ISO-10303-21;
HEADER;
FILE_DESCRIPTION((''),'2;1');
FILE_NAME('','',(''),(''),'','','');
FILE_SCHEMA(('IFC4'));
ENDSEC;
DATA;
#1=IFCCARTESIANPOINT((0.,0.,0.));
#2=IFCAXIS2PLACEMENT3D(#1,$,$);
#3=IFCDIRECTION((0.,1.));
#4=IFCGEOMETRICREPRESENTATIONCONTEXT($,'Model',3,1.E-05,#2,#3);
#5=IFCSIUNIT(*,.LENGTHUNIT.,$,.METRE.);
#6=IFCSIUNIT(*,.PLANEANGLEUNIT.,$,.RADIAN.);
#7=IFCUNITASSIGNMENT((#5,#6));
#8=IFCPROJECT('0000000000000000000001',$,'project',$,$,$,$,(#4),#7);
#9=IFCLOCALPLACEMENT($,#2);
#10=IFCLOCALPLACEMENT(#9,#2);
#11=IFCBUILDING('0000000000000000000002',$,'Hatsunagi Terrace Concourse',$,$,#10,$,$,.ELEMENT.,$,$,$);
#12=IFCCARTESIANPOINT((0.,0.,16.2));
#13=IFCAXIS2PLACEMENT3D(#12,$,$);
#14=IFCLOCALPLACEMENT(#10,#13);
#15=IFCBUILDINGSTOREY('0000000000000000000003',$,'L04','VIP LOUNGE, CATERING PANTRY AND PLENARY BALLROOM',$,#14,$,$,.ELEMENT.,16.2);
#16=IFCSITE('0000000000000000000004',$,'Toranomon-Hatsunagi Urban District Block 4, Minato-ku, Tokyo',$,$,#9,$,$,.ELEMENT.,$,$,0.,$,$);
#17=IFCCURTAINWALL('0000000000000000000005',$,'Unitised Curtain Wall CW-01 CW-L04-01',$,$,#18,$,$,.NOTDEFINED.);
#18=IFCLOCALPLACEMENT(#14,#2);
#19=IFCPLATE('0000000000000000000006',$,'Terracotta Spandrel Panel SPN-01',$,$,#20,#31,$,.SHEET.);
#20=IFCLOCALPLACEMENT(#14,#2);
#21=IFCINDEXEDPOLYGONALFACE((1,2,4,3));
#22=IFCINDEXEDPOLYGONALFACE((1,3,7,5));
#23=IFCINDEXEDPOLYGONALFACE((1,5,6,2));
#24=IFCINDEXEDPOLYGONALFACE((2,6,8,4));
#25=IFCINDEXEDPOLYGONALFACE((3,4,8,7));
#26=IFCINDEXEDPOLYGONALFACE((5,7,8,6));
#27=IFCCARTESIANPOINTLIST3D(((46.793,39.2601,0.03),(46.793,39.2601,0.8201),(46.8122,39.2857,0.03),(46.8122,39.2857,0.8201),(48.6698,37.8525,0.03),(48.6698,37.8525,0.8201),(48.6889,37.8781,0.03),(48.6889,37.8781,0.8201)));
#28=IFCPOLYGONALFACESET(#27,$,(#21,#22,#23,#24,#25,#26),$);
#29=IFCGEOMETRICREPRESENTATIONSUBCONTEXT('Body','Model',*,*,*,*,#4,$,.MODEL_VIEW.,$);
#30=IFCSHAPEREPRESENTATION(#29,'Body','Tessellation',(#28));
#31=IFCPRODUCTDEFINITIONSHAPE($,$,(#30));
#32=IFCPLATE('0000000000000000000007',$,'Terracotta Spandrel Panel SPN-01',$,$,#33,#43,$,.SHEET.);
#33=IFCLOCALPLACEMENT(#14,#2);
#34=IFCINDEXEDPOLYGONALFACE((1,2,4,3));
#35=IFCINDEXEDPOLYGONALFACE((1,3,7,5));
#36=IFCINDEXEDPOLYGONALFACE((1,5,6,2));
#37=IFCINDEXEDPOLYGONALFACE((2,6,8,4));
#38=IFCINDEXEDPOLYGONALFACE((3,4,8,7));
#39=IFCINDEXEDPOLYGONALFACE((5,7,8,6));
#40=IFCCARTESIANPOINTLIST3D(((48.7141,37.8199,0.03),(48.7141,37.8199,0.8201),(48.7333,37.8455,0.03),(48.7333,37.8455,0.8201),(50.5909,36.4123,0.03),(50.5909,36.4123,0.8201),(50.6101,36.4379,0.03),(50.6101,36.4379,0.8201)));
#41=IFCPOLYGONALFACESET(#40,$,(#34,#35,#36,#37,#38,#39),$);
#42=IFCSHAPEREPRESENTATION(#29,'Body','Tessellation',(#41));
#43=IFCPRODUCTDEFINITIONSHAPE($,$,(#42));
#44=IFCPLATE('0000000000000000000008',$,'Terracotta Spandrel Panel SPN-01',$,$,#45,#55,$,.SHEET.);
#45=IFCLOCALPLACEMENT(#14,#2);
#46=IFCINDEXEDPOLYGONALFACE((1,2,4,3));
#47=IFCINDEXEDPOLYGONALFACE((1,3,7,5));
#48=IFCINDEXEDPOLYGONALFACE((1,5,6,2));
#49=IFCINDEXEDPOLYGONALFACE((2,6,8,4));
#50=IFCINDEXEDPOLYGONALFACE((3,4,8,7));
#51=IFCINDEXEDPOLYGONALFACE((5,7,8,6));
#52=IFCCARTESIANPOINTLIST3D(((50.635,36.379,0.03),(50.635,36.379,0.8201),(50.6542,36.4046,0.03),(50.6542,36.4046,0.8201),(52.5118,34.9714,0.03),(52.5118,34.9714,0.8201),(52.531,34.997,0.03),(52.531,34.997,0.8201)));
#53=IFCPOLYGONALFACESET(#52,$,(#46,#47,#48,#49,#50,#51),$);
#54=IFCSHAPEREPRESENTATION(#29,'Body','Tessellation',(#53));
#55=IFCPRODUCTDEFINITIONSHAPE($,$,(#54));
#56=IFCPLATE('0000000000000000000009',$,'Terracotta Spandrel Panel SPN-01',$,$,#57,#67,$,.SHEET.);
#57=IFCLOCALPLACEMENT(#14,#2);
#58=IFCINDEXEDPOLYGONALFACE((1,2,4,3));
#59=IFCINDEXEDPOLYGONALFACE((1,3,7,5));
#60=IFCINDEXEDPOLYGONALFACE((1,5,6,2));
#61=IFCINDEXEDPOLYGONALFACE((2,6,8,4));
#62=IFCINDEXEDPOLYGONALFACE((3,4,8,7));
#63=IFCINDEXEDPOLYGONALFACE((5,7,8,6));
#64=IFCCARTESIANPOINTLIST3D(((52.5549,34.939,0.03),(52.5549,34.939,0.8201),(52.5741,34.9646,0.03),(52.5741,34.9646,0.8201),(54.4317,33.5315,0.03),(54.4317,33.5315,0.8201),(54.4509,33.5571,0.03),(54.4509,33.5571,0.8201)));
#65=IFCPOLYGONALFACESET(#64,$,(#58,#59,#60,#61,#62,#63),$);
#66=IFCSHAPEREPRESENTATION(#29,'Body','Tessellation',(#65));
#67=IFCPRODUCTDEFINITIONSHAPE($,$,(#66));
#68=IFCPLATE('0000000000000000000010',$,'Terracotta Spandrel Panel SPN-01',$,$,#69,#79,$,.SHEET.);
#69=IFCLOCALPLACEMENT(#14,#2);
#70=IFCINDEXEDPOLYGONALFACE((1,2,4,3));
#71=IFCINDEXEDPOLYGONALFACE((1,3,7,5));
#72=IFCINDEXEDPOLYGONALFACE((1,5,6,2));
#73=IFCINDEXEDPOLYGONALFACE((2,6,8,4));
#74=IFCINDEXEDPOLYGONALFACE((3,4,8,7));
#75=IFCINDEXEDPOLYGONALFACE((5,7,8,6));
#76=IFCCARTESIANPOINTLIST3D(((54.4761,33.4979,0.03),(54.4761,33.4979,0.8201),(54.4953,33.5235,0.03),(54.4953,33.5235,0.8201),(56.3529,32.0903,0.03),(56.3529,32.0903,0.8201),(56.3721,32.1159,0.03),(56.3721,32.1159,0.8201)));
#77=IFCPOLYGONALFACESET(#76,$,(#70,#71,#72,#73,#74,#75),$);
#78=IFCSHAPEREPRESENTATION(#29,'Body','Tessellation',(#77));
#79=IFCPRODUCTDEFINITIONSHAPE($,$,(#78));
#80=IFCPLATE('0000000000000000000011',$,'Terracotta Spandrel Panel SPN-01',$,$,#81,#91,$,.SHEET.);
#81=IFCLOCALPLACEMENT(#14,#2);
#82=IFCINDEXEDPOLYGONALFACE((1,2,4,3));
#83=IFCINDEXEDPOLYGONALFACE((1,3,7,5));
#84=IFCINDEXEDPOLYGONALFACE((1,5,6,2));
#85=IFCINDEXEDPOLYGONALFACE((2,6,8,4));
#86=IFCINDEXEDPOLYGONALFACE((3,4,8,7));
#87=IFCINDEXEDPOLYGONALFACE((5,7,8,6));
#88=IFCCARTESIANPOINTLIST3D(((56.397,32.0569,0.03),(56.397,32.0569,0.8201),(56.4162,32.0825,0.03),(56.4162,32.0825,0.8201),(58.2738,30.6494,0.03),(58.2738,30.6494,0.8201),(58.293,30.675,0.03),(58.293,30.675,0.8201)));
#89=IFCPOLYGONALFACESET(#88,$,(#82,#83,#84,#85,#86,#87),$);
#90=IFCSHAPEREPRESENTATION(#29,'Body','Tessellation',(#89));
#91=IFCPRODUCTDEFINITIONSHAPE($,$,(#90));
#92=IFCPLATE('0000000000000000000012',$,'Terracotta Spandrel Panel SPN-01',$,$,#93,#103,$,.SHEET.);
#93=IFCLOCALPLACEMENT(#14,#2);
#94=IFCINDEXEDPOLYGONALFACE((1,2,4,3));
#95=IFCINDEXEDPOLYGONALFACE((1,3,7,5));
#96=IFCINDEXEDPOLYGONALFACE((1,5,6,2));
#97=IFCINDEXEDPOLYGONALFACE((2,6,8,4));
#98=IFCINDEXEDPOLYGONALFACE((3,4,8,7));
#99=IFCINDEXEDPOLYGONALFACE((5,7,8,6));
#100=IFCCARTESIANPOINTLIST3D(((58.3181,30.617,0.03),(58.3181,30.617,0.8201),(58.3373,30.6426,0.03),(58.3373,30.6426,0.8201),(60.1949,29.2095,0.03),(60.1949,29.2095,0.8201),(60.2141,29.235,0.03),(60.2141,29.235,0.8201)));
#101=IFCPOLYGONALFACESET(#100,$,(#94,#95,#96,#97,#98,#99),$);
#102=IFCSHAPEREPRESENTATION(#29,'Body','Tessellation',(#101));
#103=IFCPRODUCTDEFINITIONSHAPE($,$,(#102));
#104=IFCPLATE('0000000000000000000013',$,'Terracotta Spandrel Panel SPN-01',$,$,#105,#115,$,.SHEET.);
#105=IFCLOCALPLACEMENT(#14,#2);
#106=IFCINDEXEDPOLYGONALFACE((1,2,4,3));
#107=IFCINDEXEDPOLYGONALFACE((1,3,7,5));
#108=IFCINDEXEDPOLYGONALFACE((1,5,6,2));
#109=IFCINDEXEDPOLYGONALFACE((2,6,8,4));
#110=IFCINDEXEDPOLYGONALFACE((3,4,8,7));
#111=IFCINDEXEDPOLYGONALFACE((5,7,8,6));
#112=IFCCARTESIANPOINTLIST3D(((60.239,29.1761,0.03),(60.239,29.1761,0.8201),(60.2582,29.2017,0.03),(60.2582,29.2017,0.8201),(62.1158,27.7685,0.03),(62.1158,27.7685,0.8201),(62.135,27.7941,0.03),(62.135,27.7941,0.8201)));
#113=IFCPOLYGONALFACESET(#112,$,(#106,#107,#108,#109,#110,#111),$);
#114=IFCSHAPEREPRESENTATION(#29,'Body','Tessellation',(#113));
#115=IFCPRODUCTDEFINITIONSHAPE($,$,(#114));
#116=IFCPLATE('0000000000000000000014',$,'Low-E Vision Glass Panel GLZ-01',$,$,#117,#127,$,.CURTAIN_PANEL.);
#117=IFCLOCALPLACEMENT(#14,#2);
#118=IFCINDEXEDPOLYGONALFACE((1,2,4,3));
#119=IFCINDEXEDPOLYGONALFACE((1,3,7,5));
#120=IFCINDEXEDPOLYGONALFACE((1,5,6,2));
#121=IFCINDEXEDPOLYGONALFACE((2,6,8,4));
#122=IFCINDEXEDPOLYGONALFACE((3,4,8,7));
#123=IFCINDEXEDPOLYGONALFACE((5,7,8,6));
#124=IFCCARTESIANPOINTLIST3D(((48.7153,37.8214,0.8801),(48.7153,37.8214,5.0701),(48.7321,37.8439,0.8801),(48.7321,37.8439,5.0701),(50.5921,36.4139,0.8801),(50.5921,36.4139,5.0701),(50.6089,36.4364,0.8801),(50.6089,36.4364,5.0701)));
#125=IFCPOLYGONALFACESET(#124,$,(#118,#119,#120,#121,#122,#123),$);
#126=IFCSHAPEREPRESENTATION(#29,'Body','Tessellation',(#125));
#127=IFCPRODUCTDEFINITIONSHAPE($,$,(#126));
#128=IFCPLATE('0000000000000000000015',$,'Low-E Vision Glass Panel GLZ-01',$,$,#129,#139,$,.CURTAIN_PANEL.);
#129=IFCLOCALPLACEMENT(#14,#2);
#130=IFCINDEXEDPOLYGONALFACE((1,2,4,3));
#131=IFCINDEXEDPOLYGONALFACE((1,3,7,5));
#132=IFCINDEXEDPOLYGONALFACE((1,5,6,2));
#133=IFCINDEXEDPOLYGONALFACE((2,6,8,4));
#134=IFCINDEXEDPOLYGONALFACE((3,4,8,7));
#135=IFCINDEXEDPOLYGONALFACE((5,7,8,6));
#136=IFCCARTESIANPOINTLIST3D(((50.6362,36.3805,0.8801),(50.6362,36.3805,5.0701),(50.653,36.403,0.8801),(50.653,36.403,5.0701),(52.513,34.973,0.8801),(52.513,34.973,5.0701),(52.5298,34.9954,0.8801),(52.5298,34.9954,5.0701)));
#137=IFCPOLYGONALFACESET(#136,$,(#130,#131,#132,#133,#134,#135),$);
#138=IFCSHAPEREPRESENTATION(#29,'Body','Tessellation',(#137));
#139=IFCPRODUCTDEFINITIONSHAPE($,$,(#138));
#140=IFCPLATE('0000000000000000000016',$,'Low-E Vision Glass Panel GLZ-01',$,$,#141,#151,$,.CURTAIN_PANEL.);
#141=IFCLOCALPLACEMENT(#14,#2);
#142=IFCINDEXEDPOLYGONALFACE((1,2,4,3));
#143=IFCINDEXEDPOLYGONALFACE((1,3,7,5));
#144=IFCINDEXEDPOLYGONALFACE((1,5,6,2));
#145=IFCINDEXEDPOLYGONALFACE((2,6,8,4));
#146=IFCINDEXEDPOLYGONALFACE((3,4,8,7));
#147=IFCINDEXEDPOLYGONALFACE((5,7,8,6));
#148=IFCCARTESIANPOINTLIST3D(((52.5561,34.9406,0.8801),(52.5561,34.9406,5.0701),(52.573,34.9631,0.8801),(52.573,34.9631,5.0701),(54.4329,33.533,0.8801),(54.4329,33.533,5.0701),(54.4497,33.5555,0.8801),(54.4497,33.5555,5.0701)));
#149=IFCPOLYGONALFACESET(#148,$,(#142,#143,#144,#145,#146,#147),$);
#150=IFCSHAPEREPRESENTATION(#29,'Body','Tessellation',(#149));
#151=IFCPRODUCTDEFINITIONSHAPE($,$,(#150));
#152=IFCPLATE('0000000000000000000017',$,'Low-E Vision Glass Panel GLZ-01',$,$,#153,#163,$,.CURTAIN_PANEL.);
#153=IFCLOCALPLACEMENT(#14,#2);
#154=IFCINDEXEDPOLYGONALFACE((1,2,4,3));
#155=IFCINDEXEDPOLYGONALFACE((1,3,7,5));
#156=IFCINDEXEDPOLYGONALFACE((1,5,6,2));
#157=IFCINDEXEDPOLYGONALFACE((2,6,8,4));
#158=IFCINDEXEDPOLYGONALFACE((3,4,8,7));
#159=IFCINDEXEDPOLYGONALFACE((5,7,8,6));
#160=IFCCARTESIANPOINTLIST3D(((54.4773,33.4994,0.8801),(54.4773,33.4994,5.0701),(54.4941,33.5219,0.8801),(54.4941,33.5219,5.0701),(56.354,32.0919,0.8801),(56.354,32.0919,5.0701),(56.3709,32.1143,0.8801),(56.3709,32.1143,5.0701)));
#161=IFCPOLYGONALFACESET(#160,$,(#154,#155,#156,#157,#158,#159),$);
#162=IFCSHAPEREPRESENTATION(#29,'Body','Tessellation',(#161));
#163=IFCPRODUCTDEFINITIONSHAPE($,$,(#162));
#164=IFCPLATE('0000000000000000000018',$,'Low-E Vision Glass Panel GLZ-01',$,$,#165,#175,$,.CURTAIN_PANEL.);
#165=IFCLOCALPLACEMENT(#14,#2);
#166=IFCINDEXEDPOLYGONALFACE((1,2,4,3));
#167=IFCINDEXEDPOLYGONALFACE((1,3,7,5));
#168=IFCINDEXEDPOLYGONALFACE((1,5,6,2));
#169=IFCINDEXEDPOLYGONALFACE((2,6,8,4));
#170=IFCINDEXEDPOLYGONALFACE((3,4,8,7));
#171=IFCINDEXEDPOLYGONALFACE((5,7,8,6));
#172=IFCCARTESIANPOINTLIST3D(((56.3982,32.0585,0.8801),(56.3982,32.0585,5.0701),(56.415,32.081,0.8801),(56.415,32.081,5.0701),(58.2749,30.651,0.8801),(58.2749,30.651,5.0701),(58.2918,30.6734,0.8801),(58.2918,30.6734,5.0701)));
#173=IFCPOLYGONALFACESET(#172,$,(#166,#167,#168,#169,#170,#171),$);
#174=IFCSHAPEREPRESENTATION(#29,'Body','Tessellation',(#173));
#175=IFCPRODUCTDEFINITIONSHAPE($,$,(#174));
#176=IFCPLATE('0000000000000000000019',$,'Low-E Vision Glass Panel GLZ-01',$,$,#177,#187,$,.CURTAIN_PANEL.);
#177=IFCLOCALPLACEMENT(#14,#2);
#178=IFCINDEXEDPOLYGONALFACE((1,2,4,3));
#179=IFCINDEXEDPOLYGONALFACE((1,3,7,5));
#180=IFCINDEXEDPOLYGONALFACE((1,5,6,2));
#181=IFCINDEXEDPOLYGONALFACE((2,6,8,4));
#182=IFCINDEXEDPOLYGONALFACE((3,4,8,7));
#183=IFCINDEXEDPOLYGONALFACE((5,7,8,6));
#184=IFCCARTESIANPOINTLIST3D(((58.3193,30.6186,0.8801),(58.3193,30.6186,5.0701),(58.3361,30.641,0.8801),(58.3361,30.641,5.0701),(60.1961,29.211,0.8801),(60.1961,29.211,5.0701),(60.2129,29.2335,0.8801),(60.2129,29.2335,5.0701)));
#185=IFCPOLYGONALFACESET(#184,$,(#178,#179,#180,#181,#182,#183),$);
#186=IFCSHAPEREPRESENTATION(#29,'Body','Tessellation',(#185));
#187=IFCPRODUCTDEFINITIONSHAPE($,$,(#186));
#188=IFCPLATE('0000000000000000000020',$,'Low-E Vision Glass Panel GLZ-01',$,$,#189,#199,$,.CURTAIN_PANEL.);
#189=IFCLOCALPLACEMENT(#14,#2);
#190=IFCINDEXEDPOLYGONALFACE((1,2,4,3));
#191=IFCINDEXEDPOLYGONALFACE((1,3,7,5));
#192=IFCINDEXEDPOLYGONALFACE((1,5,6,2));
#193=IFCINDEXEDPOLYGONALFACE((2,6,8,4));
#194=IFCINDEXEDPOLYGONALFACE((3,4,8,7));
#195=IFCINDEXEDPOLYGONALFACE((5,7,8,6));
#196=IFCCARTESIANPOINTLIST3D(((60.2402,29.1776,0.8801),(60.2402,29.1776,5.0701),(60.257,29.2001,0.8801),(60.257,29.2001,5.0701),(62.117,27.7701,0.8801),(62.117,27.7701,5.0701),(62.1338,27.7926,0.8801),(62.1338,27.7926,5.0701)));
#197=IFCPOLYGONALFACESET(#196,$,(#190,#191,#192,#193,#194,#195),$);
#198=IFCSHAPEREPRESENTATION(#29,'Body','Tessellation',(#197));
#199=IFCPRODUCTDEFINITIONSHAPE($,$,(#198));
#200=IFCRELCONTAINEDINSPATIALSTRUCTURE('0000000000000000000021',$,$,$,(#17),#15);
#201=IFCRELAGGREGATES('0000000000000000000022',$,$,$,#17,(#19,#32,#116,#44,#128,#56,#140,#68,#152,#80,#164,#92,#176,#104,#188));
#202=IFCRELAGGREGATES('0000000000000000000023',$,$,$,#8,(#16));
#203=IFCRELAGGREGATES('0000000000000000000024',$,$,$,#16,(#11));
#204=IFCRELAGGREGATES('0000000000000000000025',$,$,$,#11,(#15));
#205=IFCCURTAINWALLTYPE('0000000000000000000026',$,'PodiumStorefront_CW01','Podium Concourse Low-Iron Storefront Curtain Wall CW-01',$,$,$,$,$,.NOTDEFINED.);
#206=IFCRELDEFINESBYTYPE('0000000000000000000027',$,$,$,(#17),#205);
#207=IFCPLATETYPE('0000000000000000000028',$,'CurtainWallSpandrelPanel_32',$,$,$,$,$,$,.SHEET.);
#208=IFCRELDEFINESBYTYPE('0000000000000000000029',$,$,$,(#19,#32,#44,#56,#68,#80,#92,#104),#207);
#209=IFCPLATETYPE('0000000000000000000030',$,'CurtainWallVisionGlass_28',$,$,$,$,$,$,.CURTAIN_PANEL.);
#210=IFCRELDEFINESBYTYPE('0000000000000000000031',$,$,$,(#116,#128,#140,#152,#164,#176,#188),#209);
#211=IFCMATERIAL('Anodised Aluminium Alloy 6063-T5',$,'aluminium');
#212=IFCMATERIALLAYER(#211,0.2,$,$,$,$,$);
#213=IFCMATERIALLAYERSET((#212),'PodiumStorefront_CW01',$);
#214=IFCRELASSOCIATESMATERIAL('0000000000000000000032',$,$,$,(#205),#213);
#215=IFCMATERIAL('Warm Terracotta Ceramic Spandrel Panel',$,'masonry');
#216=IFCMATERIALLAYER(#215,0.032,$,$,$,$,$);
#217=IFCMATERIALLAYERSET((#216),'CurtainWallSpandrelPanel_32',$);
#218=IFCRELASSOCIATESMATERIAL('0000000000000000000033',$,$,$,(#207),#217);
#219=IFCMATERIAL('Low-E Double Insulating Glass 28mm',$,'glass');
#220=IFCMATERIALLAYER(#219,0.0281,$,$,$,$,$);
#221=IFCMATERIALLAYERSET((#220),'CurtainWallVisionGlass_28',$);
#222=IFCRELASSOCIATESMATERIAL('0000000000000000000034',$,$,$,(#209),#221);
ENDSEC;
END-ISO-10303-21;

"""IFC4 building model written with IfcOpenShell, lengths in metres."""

from ifc_helpers import new_model, si_unit, direction, frame, origin, origin_2d, place, context, subcontext, project, spatial, rectangle, extrude, material, layer, layer_set, type_object, element, aggregate, save


model = new_model("IFC4")

# Units and contexts
model_context = context("Model", 3, precision=1e-05, world=origin(), true_north=direction((0.0, 1.0)))
body_context = subcontext(model_context, "Body", "Model", "MODEL_VIEW")
ifc_project = project(units=[si_unit("LENGTHUNIT", "METRE"), si_unit("PLANEANGLEUNIT", "RADIAN")], contexts=[model_context])

# Site, building, storey
site_placement = place(None, origin())
site = spatial("IfcSite", under=ifc_project, at=site_placement, Name="Toranomon-Hatsunagi Urban District Block 4, Minato-ku, Tokyo", CompositionType="ELEMENT", RefElevation=0.0)
building_placement = place(site_placement, origin())
building = spatial("IfcBuilding", under=site, at=building_placement, Name="Hatsunagi Terrace Concourse", CompositionType="ELEMENT")
storey_placement = place(building_placement, frame((0.0, 0.0, 16.2)))
storey = spatial("IfcBuildingStorey", under=building, at=storey_placement, Name="L04", Description="VIP LOUNGE, CATERING PANTRY AND PLENARY BALLROOM", CompositionType="ELEMENT", Elevation=16.2)

# Curtain wall
ifc_material_1 = material(Name="Anodised Aluminium Alloy 6063-T5", Category="aluminium")
ifc_layer_1 = layer(ifc_material_1, 0.2)
ifc_layer_set_1 = layer_set([ifc_layer_1], Name="PodiumStorefront_CW01")
curtain_wall_type = type_object("IfcCurtainWallType", Name="PodiumStorefront_CW01", Description="Podium Concourse Low-Iron Storefront Curtain Wall CW-01", PredefinedType="NOTDEFINED", material=ifc_layer_set_1)
curtain_wall_placement = place(storey_placement, origin())
curtain_wall = element("IfcCurtainWall", 1, at=curtain_wall_placement, inside=storey, type_object=curtain_wall_type, Name="Unitised Curtain Wall CW-01 CW-L04-01", PredefinedType="NOTDEFINED")

# Plates
ifc_material_2 = material(Name="Warm Terracotta Ceramic Spandrel Panel", Category="masonry")
ifc_layer_2 = layer(ifc_material_2, 0.032)
ifc_layer_set_2 = layer_set([ifc_layer_2], Name="CurtainWallSpandrelPanel_32")
plate_type_1 = type_object("IfcPlateType", Name="CurtainWallSpandrelPanel_32", PredefinedType="SHEET", material=ifc_layer_set_2)
plate_1_placement = place(storey_placement, frame((47.741, 38.5691, 0.03), z_axis=(0.0, 0.0, 1.0), x_axis=(0.800007, -0.59999, 0.0)))
plate_1 = element("IfcPlate", 2, at=plate_1_placement, type_object=plate_type_1, Name="Terracotta Spandrel Panel SPN-01", PredefinedType="SHEET", context=body_context, shape_type="SweptSolid", body=[
    extrude(rectangle(XDim=2.3459, YDim=0.032, at=origin_2d()), origin(), (0.0, 0.0, 1.0), 0.79),
])
plate_2_placement = place(storey_placement, frame((49.6621, 37.1289, 0.03), z_axis=(0.0, 0.0, 1.0), x_axis=(0.800007, -0.59999, 0.0)))
plate_2 = element("IfcPlate", 3, at=plate_2_placement, type_object=plate_type_1, Name="Terracotta Spandrel Panel SPN-01", PredefinedType="SHEET", context=body_context, shape_type="SweptSolid", body=[
    extrude(rectangle(XDim=2.3459, YDim=0.032, at=origin_2d()), origin(), (0.0, 0.0, 1.0), 0.79),
])
plate_3_placement = place(storey_placement, frame((51.583, 35.688, 0.03), z_axis=(0.0, 0.0, 1.0), x_axis=(0.800007, -0.59999, 0.0)))
plate_3 = element("IfcPlate", 4, at=plate_3_placement, type_object=plate_type_1, Name="Terracotta Spandrel Panel SPN-01", PredefinedType="SHEET", context=body_context, shape_type="SweptSolid", body=[
    extrude(rectangle(XDim=2.3459, YDim=0.032, at=origin_2d()), origin(), (0.0, 0.0, 1.0), 0.79),
])
plate_4_placement = place(storey_placement, frame((53.5029, 34.248, 0.03), z_axis=(0.0, 0.0, 1.0), x_axis=(0.800007, -0.59999, 0.0)))
plate_4 = element("IfcPlate", 5, at=plate_4_placement, type_object=plate_type_1, Name="Terracotta Spandrel Panel SPN-01", PredefinedType="SHEET", context=body_context, shape_type="SweptSolid", body=[
    extrude(rectangle(XDim=2.3459, YDim=0.032, at=origin_2d()), origin(), (0.0, 0.0, 1.0), 0.79),
])
plate_5_placement = place(storey_placement, frame((55.4241, 32.8069, 0.03), z_axis=(0.0, 0.0, 1.0), x_axis=(0.800007, -0.59999, 0.0)))
plate_5 = element("IfcPlate", 6, at=plate_5_placement, type_object=plate_type_1, Name="Terracotta Spandrel Panel SPN-01", PredefinedType="SHEET", context=body_context, shape_type="SweptSolid", body=[
    extrude(rectangle(XDim=2.3459, YDim=0.032, at=origin_2d()), origin(), (0.0, 0.0, 1.0), 0.79),
])
plate_6_placement = place(storey_placement, frame((57.345, 31.366, 0.03), z_axis=(0.0, 0.0, 1.0), x_axis=(0.800007, -0.59999, 0.0)))
plate_6 = element("IfcPlate", 7, at=plate_6_placement, type_object=plate_type_1, Name="Terracotta Spandrel Panel SPN-01", PredefinedType="SHEET", context=body_context, shape_type="SweptSolid", body=[
    extrude(rectangle(XDim=2.3459, YDim=0.032, at=origin_2d()), origin(), (0.0, 0.0, 1.0), 0.79),
])
plate_7_placement = place(storey_placement, frame((59.2661, 29.926, 0.03), z_axis=(0.0, 0.0, 1.0), x_axis=(0.800007, -0.59999, 0.0)))
plate_7 = element("IfcPlate", 8, at=plate_7_placement, type_object=plate_type_1, Name="Terracotta Spandrel Panel SPN-01", PredefinedType="SHEET", context=body_context, shape_type="SweptSolid", body=[
    extrude(rectangle(XDim=2.3459, YDim=0.032, at=origin_2d()), origin(), (0.0, 0.0, 1.0), 0.79),
])
plate_8_placement = place(storey_placement, frame((61.187, 28.4851, 0.03), z_axis=(0.0, 0.0, 1.0), x_axis=(0.800007, -0.59999, 0.0)))
plate_8 = element("IfcPlate", 9, at=plate_8_placement, type_object=plate_type_1, Name="Terracotta Spandrel Panel SPN-01", PredefinedType="SHEET", context=body_context, shape_type="SweptSolid", body=[
    extrude(rectangle(XDim=2.3459, YDim=0.032, at=origin_2d()), origin(), (0.0, 0.0, 1.0), 0.79),
])
ifc_material_3 = material(Name="Low-E Double Insulating Glass 28mm", Category="glass")
ifc_layer_3 = layer(ifc_material_3, 0.0281)
ifc_layer_set_3 = layer_set([ifc_layer_3], Name="CurtainWallVisionGlass_28")
plate_type_2 = type_object("IfcPlateType", Name="CurtainWallVisionGlass_28", PredefinedType="CURTAIN_PANEL", material=ifc_layer_set_3)
plate_9_placement = place(storey_placement, frame((49.6621, 37.1289, 0.8801), z_axis=(0.0, 0.0, 1.0), x_axis=(0.800007, -0.59999, 0.0)))
plate_9 = element("IfcPlate", 10, at=plate_9_placement, type_object=plate_type_2, Name="Low-E Vision Glass Panel GLZ-01", PredefinedType="CURTAIN_PANEL", context=body_context, shape_type="SweptSolid", body=[
    extrude(rectangle(XDim=2.3459, YDim=0.0281, at=origin_2d()), origin(), (0.0, 0.0, 1.0), 4.1899),
])
plate_10_placement = place(storey_placement, frame((51.583, 35.688, 0.8801), z_axis=(0.0, 0.0, 1.0), x_axis=(0.800007, -0.59999, 0.0)))
plate_10 = element("IfcPlate", 11, at=plate_10_placement, type_object=plate_type_2, Name="Low-E Vision Glass Panel GLZ-01", PredefinedType="CURTAIN_PANEL", context=body_context, shape_type="SweptSolid", body=[
    extrude(rectangle(XDim=2.3459, YDim=0.0281, at=origin_2d()), origin(), (0.0, 0.0, 1.0), 4.1899),
])
plate_11_placement = place(storey_placement, frame((53.5029, 34.248, 0.8801), z_axis=(0.0, 0.0, 1.0), x_axis=(0.800007, -0.59999, 0.0)))
plate_11 = element("IfcPlate", 12, at=plate_11_placement, type_object=plate_type_2, Name="Low-E Vision Glass Panel GLZ-01", PredefinedType="CURTAIN_PANEL", context=body_context, shape_type="SweptSolid", body=[
    extrude(rectangle(XDim=2.3459, YDim=0.0281, at=origin_2d()), origin(), (0.0, 0.0, 1.0), 4.1899),
])
plate_12_placement = place(storey_placement, frame((55.4241, 32.8069, 0.8801), z_axis=(0.0, 0.0, 1.0), x_axis=(0.800007, -0.59999, 0.0)))
plate_12 = element("IfcPlate", 13, at=plate_12_placement, type_object=plate_type_2, Name="Low-E Vision Glass Panel GLZ-01", PredefinedType="CURTAIN_PANEL", context=body_context, shape_type="SweptSolid", body=[
    extrude(rectangle(XDim=2.3459, YDim=0.0281, at=origin_2d()), origin(), (0.0, 0.0, 1.0), 4.1899),
])
plate_13_placement = place(storey_placement, frame((57.345, 31.366, 0.8801), z_axis=(0.0, 0.0, 1.0), x_axis=(0.800007, -0.59999, 0.0)))
plate_13 = element("IfcPlate", 14, at=plate_13_placement, type_object=plate_type_2, Name="Low-E Vision Glass Panel GLZ-01", PredefinedType="CURTAIN_PANEL", context=body_context, shape_type="SweptSolid", body=[
    extrude(rectangle(XDim=2.3459, YDim=0.0281, at=origin_2d()), origin(), (0.0, 0.0, 1.0), 4.1899),
])
plate_14_placement = place(storey_placement, frame((59.2661, 29.926, 0.8801), z_axis=(0.0, 0.0, 1.0), x_axis=(0.800007, -0.59999, 0.0)))
plate_14 = element("IfcPlate", 15, at=plate_14_placement, type_object=plate_type_2, Name="Low-E Vision Glass Panel GLZ-01", PredefinedType="CURTAIN_PANEL", context=body_context, shape_type="SweptSolid", body=[
    extrude(rectangle(XDim=2.3459, YDim=0.0281, at=origin_2d()), origin(), (0.0, 0.0, 1.0), 4.1899),
])
plate_15_placement = place(storey_placement, frame((61.187, 28.4851, 0.8801), z_axis=(0.0, 0.0, 1.0), x_axis=(0.800007, -0.59999, 0.0)))
plate_15 = element("IfcPlate", 16, at=plate_15_placement, type_object=plate_type_2, Name="Low-E Vision Glass Panel GLZ-01", PredefinedType="CURTAIN_PANEL", context=body_context, shape_type="SweptSolid", body=[
    extrude(rectangle(XDim=2.3459, YDim=0.0281, at=origin_2d()), origin(), (0.0, 0.0, 1.0), 4.1899),
])
aggregate(curtain_wall, [plate_1, plate_2, plate_9, plate_3, plate_10, plate_4, plate_11, plate_5, plate_12, plate_6, plate_13, plate_7, plate_14, plate_8, plate_15])

save(model, "model.ifc")
